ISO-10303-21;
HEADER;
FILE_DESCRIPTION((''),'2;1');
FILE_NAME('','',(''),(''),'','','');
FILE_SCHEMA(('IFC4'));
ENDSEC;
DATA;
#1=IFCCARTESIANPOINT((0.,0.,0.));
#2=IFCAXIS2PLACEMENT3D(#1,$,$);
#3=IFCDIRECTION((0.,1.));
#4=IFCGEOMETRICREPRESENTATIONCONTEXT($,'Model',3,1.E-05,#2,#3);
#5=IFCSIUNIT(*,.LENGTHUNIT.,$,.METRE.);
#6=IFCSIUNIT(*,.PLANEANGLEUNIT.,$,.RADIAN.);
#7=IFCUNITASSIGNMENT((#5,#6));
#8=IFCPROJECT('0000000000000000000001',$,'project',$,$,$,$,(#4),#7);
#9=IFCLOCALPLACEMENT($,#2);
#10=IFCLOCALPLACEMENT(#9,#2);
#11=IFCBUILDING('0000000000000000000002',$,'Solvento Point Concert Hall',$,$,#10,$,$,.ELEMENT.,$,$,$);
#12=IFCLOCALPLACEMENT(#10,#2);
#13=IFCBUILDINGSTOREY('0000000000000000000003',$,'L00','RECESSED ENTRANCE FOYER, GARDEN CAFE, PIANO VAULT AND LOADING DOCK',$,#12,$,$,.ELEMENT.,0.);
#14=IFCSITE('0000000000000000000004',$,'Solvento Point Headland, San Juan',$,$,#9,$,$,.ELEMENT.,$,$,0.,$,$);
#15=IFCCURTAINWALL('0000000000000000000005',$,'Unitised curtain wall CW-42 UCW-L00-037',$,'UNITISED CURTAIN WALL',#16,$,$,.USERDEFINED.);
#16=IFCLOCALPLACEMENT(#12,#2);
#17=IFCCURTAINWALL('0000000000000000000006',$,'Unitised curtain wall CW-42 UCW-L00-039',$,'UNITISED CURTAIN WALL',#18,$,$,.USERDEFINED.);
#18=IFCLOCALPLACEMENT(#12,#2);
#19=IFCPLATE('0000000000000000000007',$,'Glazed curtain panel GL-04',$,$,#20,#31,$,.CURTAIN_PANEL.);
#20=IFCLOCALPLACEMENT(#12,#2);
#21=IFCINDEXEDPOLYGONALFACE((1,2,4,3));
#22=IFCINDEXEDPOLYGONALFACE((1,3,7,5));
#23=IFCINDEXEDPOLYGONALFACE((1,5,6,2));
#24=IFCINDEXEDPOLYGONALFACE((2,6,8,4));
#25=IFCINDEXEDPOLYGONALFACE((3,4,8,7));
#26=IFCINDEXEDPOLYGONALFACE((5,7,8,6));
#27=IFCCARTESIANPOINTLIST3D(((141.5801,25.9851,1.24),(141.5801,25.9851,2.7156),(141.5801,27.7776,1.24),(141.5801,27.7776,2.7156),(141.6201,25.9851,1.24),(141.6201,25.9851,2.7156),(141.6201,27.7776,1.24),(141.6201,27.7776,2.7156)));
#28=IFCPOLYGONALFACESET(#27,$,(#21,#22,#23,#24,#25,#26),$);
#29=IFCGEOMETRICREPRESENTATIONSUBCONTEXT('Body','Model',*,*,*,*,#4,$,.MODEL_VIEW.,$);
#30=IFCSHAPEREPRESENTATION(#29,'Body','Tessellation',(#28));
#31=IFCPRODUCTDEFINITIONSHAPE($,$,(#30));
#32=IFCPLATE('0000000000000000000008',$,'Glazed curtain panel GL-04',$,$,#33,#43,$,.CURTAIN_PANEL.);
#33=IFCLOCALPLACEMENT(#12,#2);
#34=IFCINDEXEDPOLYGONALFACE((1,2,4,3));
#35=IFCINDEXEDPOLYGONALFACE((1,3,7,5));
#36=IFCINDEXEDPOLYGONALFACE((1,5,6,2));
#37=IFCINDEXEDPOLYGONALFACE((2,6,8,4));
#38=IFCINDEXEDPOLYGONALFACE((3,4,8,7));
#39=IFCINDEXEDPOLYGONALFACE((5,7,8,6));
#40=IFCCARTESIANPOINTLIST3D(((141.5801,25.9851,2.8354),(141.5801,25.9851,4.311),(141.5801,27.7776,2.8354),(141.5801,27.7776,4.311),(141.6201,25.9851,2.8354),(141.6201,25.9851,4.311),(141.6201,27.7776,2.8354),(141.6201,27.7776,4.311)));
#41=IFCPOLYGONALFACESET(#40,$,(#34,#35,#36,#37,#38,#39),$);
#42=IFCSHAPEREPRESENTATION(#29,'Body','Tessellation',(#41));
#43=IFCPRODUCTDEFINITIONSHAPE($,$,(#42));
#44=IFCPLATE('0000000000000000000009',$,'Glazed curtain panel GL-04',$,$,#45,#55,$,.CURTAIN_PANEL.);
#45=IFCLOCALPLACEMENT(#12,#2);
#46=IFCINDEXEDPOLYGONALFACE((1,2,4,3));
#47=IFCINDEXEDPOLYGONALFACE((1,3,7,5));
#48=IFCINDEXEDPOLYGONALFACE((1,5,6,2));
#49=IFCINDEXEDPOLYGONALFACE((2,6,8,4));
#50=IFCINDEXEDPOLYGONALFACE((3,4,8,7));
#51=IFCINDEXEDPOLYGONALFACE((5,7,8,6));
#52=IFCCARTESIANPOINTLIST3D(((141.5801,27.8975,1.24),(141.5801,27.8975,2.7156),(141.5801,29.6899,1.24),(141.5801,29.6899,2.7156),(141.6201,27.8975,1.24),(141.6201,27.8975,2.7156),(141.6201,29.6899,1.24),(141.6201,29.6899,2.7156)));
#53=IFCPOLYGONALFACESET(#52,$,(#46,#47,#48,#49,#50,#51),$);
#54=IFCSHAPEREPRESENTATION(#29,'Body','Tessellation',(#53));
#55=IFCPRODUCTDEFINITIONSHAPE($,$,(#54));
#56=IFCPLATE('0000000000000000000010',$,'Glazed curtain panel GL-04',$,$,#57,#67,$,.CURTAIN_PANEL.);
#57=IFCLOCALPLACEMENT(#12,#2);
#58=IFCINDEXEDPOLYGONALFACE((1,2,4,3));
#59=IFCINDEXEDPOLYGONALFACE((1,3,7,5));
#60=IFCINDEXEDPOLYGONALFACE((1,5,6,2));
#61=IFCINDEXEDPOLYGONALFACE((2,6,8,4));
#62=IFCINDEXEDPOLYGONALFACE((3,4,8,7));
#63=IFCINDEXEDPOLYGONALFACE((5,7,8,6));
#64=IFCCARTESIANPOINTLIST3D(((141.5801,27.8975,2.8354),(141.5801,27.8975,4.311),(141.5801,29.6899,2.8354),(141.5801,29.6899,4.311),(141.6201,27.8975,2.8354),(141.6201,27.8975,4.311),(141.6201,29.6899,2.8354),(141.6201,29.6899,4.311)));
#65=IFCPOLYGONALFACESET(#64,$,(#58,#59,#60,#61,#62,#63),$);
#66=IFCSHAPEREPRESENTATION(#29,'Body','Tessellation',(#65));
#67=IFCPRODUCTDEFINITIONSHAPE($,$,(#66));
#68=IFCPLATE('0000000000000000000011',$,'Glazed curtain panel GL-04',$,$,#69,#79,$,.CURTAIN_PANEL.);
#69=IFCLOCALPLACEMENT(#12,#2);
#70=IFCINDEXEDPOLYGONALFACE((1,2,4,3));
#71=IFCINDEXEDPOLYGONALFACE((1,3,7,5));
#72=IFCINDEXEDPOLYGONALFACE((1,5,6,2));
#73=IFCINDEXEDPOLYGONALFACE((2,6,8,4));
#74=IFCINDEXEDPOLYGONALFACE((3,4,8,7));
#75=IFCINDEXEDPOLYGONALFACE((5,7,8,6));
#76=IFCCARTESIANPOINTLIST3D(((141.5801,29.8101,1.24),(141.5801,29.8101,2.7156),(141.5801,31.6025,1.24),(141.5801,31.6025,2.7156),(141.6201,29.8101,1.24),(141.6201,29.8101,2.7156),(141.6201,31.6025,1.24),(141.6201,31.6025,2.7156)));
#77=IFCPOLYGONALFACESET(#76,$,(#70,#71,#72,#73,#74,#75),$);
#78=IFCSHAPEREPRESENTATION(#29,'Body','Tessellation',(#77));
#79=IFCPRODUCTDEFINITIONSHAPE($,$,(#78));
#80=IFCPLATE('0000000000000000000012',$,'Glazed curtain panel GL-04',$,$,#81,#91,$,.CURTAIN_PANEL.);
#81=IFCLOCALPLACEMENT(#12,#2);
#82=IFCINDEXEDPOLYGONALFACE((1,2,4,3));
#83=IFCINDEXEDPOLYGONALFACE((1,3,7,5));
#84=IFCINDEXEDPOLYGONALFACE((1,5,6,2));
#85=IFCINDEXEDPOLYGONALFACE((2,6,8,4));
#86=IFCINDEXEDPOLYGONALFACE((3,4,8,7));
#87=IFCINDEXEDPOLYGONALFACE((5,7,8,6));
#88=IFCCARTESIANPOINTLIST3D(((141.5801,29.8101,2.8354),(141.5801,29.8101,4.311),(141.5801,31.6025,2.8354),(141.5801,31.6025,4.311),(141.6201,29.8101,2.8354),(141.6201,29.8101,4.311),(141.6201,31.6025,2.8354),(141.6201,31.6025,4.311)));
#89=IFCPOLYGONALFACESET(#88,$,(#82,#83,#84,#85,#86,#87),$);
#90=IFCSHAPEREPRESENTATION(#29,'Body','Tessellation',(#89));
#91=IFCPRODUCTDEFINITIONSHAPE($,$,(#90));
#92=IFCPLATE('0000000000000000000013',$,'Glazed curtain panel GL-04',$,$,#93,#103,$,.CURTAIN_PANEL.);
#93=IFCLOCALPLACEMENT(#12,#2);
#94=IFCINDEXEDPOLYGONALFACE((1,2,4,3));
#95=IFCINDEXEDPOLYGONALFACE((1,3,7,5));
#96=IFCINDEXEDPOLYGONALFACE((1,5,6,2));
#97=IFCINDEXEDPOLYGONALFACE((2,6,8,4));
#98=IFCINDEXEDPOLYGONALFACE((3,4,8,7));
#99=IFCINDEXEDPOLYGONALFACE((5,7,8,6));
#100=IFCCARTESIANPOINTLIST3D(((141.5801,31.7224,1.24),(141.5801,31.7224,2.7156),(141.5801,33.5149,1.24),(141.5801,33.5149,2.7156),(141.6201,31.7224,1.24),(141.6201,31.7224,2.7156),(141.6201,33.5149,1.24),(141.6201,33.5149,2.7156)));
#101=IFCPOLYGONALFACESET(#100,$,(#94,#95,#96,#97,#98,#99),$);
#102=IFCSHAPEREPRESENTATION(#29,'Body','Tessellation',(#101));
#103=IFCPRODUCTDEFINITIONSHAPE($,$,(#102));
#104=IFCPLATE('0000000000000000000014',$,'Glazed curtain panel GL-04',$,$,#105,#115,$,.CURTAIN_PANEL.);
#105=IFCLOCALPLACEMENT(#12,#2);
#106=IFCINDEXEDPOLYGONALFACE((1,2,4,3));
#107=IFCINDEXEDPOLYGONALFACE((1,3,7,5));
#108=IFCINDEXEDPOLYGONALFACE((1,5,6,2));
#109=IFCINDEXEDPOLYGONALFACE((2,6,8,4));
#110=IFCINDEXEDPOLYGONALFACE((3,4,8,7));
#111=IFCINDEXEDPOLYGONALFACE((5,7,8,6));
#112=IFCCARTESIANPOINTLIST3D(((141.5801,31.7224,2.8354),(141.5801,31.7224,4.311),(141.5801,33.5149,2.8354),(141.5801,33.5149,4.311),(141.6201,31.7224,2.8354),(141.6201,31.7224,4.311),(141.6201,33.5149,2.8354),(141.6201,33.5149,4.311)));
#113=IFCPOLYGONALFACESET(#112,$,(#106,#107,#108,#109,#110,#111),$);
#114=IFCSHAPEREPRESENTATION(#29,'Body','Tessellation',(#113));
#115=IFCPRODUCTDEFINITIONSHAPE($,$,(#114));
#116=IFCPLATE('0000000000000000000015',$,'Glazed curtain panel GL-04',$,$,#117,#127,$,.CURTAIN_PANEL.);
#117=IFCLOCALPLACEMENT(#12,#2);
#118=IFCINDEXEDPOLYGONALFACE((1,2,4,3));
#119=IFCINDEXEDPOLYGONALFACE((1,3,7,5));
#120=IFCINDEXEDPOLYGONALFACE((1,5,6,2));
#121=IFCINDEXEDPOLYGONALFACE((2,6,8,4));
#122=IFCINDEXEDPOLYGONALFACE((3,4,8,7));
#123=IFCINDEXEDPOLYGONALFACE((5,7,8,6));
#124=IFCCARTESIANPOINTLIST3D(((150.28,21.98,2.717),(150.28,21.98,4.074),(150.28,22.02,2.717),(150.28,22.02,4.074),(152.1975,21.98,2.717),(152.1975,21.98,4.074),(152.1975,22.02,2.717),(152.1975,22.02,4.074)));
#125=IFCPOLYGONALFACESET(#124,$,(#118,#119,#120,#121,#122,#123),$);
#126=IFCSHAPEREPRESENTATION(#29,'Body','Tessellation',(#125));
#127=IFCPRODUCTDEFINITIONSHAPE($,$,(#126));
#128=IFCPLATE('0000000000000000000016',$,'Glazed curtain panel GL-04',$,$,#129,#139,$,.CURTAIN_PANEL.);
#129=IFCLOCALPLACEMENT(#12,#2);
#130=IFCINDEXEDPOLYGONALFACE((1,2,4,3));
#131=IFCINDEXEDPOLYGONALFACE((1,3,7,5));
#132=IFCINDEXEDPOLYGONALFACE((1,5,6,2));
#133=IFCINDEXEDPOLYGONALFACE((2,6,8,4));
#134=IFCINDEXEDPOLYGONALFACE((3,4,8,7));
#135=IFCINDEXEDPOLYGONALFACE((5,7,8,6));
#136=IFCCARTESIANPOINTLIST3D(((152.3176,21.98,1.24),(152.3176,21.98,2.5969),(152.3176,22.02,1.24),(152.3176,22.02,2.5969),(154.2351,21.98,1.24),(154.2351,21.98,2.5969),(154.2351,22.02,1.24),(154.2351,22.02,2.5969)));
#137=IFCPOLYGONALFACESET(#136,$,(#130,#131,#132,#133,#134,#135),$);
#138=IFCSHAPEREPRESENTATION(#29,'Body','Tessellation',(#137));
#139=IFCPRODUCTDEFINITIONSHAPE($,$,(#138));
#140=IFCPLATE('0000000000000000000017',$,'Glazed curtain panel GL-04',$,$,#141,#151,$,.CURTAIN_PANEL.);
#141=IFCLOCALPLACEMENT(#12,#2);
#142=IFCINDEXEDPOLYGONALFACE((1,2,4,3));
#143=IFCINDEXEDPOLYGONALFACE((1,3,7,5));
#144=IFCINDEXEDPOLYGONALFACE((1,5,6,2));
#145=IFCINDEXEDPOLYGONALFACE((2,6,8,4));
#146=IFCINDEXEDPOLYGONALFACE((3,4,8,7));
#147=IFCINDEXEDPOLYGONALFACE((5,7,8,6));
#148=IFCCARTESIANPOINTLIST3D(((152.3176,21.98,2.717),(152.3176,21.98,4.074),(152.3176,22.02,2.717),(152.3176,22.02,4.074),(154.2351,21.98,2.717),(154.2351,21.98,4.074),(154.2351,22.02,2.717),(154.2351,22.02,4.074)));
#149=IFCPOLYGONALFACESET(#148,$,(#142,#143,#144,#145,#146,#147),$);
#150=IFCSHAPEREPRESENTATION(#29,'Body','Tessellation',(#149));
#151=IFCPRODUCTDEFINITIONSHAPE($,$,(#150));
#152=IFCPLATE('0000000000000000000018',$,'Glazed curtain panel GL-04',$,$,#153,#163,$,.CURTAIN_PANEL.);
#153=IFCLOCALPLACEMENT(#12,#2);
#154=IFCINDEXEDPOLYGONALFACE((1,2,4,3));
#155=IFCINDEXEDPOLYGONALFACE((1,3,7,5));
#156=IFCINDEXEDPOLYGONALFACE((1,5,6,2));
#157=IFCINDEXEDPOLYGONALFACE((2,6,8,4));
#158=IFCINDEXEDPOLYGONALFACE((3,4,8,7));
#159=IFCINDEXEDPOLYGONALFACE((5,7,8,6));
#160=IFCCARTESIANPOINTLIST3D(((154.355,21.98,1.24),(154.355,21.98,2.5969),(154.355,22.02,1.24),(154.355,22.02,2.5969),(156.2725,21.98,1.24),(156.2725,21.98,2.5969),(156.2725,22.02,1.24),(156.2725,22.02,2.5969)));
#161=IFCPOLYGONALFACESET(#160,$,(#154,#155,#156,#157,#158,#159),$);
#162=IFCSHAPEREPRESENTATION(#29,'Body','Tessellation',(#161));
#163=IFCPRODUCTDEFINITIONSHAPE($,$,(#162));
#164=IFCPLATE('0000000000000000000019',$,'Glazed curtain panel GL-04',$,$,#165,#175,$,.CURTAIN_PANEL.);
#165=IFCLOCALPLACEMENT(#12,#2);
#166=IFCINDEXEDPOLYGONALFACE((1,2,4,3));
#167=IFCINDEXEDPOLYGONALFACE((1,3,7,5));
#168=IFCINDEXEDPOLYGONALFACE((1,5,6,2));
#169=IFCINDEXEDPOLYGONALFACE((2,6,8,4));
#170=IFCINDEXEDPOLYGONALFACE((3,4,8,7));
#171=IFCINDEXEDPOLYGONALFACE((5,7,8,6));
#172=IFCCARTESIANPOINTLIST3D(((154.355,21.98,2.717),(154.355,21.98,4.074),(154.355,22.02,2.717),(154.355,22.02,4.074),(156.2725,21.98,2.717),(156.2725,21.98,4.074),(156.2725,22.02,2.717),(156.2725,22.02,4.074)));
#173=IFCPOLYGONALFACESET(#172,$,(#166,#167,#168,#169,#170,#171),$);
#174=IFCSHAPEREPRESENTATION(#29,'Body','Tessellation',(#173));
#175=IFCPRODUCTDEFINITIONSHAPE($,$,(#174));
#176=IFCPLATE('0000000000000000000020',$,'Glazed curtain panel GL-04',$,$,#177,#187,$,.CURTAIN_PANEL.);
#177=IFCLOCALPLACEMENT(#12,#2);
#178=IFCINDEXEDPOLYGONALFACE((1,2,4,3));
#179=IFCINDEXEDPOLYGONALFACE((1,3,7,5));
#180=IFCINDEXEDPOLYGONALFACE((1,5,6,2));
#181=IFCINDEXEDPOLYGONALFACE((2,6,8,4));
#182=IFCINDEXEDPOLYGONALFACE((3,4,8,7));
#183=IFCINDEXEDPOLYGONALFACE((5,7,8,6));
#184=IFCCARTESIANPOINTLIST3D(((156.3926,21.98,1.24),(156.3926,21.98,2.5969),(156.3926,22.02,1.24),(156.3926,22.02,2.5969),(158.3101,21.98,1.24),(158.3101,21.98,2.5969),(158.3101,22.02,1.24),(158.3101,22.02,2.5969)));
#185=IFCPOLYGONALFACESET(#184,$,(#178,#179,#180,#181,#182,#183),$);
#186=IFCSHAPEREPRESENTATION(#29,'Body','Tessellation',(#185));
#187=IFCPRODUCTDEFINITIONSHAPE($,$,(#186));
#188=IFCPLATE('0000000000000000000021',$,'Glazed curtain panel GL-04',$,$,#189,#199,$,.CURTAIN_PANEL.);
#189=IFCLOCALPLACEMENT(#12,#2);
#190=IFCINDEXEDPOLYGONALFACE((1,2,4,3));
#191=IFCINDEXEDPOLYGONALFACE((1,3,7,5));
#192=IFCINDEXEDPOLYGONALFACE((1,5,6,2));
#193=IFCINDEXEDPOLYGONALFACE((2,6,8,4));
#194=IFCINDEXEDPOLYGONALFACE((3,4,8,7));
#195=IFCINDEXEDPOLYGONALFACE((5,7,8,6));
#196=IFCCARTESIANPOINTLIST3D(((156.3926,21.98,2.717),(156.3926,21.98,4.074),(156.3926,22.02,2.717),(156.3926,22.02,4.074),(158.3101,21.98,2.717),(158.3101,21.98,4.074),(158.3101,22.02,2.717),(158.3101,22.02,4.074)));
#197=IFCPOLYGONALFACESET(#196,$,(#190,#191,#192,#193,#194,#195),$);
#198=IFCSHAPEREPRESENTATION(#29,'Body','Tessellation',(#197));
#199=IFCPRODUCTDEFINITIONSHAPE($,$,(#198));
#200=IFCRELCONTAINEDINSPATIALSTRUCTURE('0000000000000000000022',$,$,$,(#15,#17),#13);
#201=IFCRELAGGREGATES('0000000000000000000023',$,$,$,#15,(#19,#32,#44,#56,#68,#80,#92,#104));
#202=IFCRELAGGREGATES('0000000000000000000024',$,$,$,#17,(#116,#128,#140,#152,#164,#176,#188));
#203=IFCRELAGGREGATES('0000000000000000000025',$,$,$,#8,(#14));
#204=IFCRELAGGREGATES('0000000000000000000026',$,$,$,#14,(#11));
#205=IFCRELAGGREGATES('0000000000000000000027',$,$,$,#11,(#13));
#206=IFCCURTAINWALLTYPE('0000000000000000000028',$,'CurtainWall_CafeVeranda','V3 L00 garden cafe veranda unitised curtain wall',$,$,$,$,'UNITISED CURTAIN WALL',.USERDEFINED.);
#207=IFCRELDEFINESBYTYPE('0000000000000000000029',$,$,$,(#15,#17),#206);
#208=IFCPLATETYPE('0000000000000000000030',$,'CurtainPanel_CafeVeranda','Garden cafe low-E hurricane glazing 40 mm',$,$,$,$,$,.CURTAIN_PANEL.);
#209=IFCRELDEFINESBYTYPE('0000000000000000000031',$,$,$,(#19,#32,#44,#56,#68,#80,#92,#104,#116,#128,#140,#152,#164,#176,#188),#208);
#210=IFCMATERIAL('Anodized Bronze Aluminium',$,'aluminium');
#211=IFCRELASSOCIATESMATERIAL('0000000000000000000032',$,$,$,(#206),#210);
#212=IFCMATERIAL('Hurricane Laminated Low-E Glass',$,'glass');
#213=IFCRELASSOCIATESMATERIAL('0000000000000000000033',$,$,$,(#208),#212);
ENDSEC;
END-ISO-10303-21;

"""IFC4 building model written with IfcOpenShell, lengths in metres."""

from ifc_helpers import new_model, si_unit, direction, frame, origin, origin_2d, place, context, subcontext, project, spatial, rectangle, extrude, material, type_object, element, aggregate, save


model = new_model("IFC4")

# Units and contexts
model_context = context("Model", 3, precision=1e-05, world=origin(), true_north=direction((0.0, 1.0)))
body_context = subcontext(model_context, "Body", "Model", "MODEL_VIEW")
ifc_project = project(units=[si_unit("LENGTHUNIT", "METRE"), si_unit("PLANEANGLEUNIT", "RADIAN")], contexts=[model_context])

# Site, building, storey
site_placement = place(None, origin())
site = spatial("IfcSite", under=ifc_project, at=site_placement, Name="Solvento Point Headland, San Juan", CompositionType="ELEMENT", RefElevation=0.0)
building_placement = place(site_placement, origin())
building = spatial("IfcBuilding", under=site, at=building_placement, Name="Solvento Point Concert Hall", CompositionType="ELEMENT")
storey_placement = place(building_placement, origin())
storey = spatial("IfcBuildingStorey", under=building, at=storey_placement, Name="L00", Description="RECESSED ENTRANCE FOYER, GARDEN CAFE, PIANO VAULT AND LOADING DOCK", CompositionType="ELEMENT", Elevation=0.0)

# Curtain walls
ifc_material_1 = material(Name="Anodized Bronze Aluminium", Category="aluminium")
curtain_wall_type = type_object("IfcCurtainWallType", Name="CurtainWall_CafeVeranda", Description="V3 L00 garden cafe veranda unitised curtain wall", ElementType="UNITISED CURTAIN WALL", PredefinedType="USERDEFINED", material=ifc_material_1)
curtain_wall_1_placement = place(storey_placement, origin())
curtain_wall_1 = element("IfcCurtainWall", 1, at=curtain_wall_1_placement, inside=storey, type_object=curtain_wall_type, Name="Unitised curtain wall CW-42 UCW-L00-037", ObjectType="UNITISED CURTAIN WALL", PredefinedType="USERDEFINED")
curtain_wall_2_placement = place(storey_placement, origin())
curtain_wall_2 = element("IfcCurtainWall", 2, at=curtain_wall_2_placement, inside=storey, type_object=curtain_wall_type, Name="Unitised curtain wall CW-42 UCW-L00-039", ObjectType="UNITISED CURTAIN WALL", PredefinedType="USERDEFINED")

# Plates
ifc_material_2 = material(Name="Hurricane Laminated Low-E Glass", Category="glass")
plate_type = type_object("IfcPlateType", Name="CurtainPanel_CafeVeranda", Description="Garden cafe low-E hurricane glazing 40 mm", PredefinedType="CURTAIN_PANEL", material=ifc_material_2)
plate_1_placement = place(storey_placement, frame((141.6001, 26.8813, 1.24), z_axis=(0.0, 0.0, 1.0), x_axis=(0.0, 1.0, 0.0)))
plate_1 = element("IfcPlate", 3, at=plate_1_placement, type_object=plate_type, Name="Glazed curtain panel GL-04", PredefinedType="CURTAIN_PANEL", context=body_context, shape_type="SweptSolid", body=[
    extrude(rectangle(XDim=1.7925, YDim=0.04, at=origin_2d()), origin(), (0.0, 0.0, 1.0), 1.4756),
])
plate_2_placement = place(storey_placement, frame((141.6001, 26.8813, 2.8354), z_axis=(0.0, 0.0, 1.0), x_axis=(0.0, 1.0, 0.0)))
plate_2 = element("IfcPlate", 4, at=plate_2_placement, type_object=plate_type, Name="Glazed curtain panel GL-04", PredefinedType="CURTAIN_PANEL", context=body_context, shape_type="SweptSolid", body=[
    extrude(rectangle(XDim=1.7925, YDim=0.04, at=origin_2d()), origin(), (0.0, 0.0, 1.0), 1.4756),
])
plate_3_placement = place(storey_placement, frame((141.6001, 28.7937, 1.24), z_axis=(0.0, 0.0, 1.0), x_axis=(0.0, 1.0, 0.0)))
plate_3 = element("IfcPlate", 5, at=plate_3_placement, type_object=plate_type, Name="Glazed curtain panel GL-04", PredefinedType="CURTAIN_PANEL", context=body_context, shape_type="SweptSolid", body=[
    extrude(rectangle(XDim=1.7925, YDim=0.04, at=origin_2d()), origin(), (0.0, 0.0, 1.0), 1.4756),
])
plate_4_placement = place(storey_placement, frame((141.6001, 28.7937, 2.8354), z_axis=(0.0, 0.0, 1.0), x_axis=(0.0, 1.0, 0.0)))
plate_4 = element("IfcPlate", 6, at=plate_4_placement, type_object=plate_type, Name="Glazed curtain panel GL-04", PredefinedType="CURTAIN_PANEL", context=body_context, shape_type="SweptSolid", body=[
    extrude(rectangle(XDim=1.7925, YDim=0.04, at=origin_2d()), origin(), (0.0, 0.0, 1.0), 1.4756),
])
plate_5_placement = place(storey_placement, frame((141.6001, 30.7063, 1.24), z_axis=(0.0, 0.0, 1.0), x_axis=(0.0, 1.0, 0.0)))
plate_5 = element("IfcPlate", 7, at=plate_5_placement, type_object=plate_type, Name="Glazed curtain panel GL-04", PredefinedType="CURTAIN_PANEL", context=body_context, shape_type="SweptSolid", body=[
    extrude(rectangle(XDim=1.7925, YDim=0.04, at=origin_2d()), origin(), (0.0, 0.0, 1.0), 1.4756),
])
plate_6_placement = place(storey_placement, frame((141.6001, 30.7063, 2.8354), z_axis=(0.0, 0.0, 1.0), x_axis=(0.0, 1.0, 0.0)))
plate_6 = element("IfcPlate", 8, at=plate_6_placement, type_object=plate_type, Name="Glazed curtain panel GL-04", PredefinedType="CURTAIN_PANEL", context=body_context, shape_type="SweptSolid", body=[
    extrude(rectangle(XDim=1.7925, YDim=0.04, at=origin_2d()), origin(), (0.0, 0.0, 1.0), 1.4756),
])
plate_7_placement = place(storey_placement, frame((141.6001, 32.6187, 1.24), z_axis=(0.0, 0.0, 1.0), x_axis=(0.0, 1.0, 0.0)))
plate_7 = element("IfcPlate", 9, at=plate_7_placement, type_object=plate_type, Name="Glazed curtain panel GL-04", PredefinedType="CURTAIN_PANEL", context=body_context, shape_type="SweptSolid", body=[
    extrude(rectangle(XDim=1.7925, YDim=0.04, at=origin_2d()), origin(), (0.0, 0.0, 1.0), 1.4756),
])
plate_8_placement = place(storey_placement, frame((141.6001, 32.6187, 2.8354), z_axis=(0.0, 0.0, 1.0), x_axis=(0.0, 1.0, 0.0)))
plate_8 = element("IfcPlate", 10, at=plate_8_placement, type_object=plate_type, Name="Glazed curtain panel GL-04", PredefinedType="CURTAIN_PANEL", context=body_context, shape_type="SweptSolid", body=[
    extrude(rectangle(XDim=1.7925, YDim=0.04, at=origin_2d()), origin(), (0.0, 0.0, 1.0), 1.4756),
])
aggregate(curtain_wall_1, [plate_1, plate_2, plate_3, plate_4, plate_5, plate_6, plate_7, plate_8])
plate_9_placement = place(storey_placement, frame((151.2388, 22.0, 2.717), z_axis=(0.0, 0.0, 1.0), x_axis=(1.0, 0.0, 0.0)))
plate_9 = element("IfcPlate", 11, at=plate_9_placement, type_object=plate_type, Name="Glazed curtain panel GL-04", PredefinedType="CURTAIN_PANEL", context=body_context, shape_type="SweptSolid", body=[
    extrude(rectangle(XDim=1.9175, YDim=0.04, at=origin_2d()), origin(), (0.0, 0.0, 1.0), 1.3569),
])
plate_10_placement = place(storey_placement, frame((153.2764, 22.0, 1.24), z_axis=(0.0, 0.0, 1.0), x_axis=(1.0, 0.0, 0.0)))
plate_10 = element("IfcPlate", 12, at=plate_10_placement, type_object=plate_type, Name="Glazed curtain panel GL-04", PredefinedType="CURTAIN_PANEL", context=body_context, shape_type="SweptSolid", body=[
    extrude(rectangle(XDim=1.9175, YDim=0.04, at=origin_2d()), origin(), (0.0, 0.0, 1.0), 1.3569),
])
plate_11_placement = place(storey_placement, frame((153.2764, 22.0, 2.717), z_axis=(0.0, 0.0, 1.0), x_axis=(1.0, 0.0, 0.0)))
plate_11 = element("IfcPlate", 13, at=plate_11_placement, type_object=plate_type, Name="Glazed curtain panel GL-04", PredefinedType="CURTAIN_PANEL", context=body_context, shape_type="SweptSolid", body=[
    extrude(rectangle(XDim=1.9175, YDim=0.04, at=origin_2d()), origin(), (0.0, 0.0, 1.0), 1.3569),
])
plate_12_placement = place(storey_placement, frame((155.3137, 22.0, 1.24), z_axis=(0.0, 0.0, 1.0), x_axis=(1.0, 0.0, 0.0)))
plate_12 = element("IfcPlate", 14, at=plate_12_placement, type_object=plate_type, Name="Glazed curtain panel GL-04", PredefinedType="CURTAIN_PANEL", context=body_context, shape_type="SweptSolid", body=[
    extrude(rectangle(XDim=1.9175, YDim=0.04, at=origin_2d()), origin(), (0.0, 0.0, 1.0), 1.3569),
])
plate_13_placement = place(storey_placement, frame((155.3137, 22.0, 2.717), z_axis=(0.0, 0.0, 1.0), x_axis=(1.0, 0.0, 0.0)))
plate_13 = element("IfcPlate", 15, at=plate_13_placement, type_object=plate_type, Name="Glazed curtain panel GL-04", PredefinedType="CURTAIN_PANEL", context=body_context, shape_type="SweptSolid", body=[
    extrude(rectangle(XDim=1.9175, YDim=0.04, at=origin_2d()), origin(), (0.0, 0.0, 1.0), 1.3569),
])
plate_14_placement = place(storey_placement, frame((157.3513, 22.0, 1.24), z_axis=(0.0, 0.0, 1.0), x_axis=(1.0, 0.0, 0.0)))
plate_14 = element("IfcPlate", 16, at=plate_14_placement, type_object=plate_type, Name="Glazed curtain panel GL-04", PredefinedType="CURTAIN_PANEL", context=body_context, shape_type="SweptSolid", body=[
    extrude(rectangle(XDim=1.9175, YDim=0.04, at=origin_2d()), origin(), (0.0, 0.0, 1.0), 1.3569),
])
plate_15_placement = place(storey_placement, frame((157.3513, 22.0, 2.717), z_axis=(0.0, 0.0, 1.0), x_axis=(1.0, 0.0, 0.0)))
plate_15 = element("IfcPlate", 17, at=plate_15_placement, type_object=plate_type, Name="Glazed curtain panel GL-04", PredefinedType="CURTAIN_PANEL", context=body_context, shape_type="SweptSolid", body=[
    extrude(rectangle(XDim=1.9175, YDim=0.04, at=origin_2d()), origin(), (0.0, 0.0, 1.0), 1.3569),
])
aggregate(curtain_wall_2, [plate_9, plate_10, plate_11, plate_12, plate_13, plate_14, plate_15])

save(model, "model.ifc")
